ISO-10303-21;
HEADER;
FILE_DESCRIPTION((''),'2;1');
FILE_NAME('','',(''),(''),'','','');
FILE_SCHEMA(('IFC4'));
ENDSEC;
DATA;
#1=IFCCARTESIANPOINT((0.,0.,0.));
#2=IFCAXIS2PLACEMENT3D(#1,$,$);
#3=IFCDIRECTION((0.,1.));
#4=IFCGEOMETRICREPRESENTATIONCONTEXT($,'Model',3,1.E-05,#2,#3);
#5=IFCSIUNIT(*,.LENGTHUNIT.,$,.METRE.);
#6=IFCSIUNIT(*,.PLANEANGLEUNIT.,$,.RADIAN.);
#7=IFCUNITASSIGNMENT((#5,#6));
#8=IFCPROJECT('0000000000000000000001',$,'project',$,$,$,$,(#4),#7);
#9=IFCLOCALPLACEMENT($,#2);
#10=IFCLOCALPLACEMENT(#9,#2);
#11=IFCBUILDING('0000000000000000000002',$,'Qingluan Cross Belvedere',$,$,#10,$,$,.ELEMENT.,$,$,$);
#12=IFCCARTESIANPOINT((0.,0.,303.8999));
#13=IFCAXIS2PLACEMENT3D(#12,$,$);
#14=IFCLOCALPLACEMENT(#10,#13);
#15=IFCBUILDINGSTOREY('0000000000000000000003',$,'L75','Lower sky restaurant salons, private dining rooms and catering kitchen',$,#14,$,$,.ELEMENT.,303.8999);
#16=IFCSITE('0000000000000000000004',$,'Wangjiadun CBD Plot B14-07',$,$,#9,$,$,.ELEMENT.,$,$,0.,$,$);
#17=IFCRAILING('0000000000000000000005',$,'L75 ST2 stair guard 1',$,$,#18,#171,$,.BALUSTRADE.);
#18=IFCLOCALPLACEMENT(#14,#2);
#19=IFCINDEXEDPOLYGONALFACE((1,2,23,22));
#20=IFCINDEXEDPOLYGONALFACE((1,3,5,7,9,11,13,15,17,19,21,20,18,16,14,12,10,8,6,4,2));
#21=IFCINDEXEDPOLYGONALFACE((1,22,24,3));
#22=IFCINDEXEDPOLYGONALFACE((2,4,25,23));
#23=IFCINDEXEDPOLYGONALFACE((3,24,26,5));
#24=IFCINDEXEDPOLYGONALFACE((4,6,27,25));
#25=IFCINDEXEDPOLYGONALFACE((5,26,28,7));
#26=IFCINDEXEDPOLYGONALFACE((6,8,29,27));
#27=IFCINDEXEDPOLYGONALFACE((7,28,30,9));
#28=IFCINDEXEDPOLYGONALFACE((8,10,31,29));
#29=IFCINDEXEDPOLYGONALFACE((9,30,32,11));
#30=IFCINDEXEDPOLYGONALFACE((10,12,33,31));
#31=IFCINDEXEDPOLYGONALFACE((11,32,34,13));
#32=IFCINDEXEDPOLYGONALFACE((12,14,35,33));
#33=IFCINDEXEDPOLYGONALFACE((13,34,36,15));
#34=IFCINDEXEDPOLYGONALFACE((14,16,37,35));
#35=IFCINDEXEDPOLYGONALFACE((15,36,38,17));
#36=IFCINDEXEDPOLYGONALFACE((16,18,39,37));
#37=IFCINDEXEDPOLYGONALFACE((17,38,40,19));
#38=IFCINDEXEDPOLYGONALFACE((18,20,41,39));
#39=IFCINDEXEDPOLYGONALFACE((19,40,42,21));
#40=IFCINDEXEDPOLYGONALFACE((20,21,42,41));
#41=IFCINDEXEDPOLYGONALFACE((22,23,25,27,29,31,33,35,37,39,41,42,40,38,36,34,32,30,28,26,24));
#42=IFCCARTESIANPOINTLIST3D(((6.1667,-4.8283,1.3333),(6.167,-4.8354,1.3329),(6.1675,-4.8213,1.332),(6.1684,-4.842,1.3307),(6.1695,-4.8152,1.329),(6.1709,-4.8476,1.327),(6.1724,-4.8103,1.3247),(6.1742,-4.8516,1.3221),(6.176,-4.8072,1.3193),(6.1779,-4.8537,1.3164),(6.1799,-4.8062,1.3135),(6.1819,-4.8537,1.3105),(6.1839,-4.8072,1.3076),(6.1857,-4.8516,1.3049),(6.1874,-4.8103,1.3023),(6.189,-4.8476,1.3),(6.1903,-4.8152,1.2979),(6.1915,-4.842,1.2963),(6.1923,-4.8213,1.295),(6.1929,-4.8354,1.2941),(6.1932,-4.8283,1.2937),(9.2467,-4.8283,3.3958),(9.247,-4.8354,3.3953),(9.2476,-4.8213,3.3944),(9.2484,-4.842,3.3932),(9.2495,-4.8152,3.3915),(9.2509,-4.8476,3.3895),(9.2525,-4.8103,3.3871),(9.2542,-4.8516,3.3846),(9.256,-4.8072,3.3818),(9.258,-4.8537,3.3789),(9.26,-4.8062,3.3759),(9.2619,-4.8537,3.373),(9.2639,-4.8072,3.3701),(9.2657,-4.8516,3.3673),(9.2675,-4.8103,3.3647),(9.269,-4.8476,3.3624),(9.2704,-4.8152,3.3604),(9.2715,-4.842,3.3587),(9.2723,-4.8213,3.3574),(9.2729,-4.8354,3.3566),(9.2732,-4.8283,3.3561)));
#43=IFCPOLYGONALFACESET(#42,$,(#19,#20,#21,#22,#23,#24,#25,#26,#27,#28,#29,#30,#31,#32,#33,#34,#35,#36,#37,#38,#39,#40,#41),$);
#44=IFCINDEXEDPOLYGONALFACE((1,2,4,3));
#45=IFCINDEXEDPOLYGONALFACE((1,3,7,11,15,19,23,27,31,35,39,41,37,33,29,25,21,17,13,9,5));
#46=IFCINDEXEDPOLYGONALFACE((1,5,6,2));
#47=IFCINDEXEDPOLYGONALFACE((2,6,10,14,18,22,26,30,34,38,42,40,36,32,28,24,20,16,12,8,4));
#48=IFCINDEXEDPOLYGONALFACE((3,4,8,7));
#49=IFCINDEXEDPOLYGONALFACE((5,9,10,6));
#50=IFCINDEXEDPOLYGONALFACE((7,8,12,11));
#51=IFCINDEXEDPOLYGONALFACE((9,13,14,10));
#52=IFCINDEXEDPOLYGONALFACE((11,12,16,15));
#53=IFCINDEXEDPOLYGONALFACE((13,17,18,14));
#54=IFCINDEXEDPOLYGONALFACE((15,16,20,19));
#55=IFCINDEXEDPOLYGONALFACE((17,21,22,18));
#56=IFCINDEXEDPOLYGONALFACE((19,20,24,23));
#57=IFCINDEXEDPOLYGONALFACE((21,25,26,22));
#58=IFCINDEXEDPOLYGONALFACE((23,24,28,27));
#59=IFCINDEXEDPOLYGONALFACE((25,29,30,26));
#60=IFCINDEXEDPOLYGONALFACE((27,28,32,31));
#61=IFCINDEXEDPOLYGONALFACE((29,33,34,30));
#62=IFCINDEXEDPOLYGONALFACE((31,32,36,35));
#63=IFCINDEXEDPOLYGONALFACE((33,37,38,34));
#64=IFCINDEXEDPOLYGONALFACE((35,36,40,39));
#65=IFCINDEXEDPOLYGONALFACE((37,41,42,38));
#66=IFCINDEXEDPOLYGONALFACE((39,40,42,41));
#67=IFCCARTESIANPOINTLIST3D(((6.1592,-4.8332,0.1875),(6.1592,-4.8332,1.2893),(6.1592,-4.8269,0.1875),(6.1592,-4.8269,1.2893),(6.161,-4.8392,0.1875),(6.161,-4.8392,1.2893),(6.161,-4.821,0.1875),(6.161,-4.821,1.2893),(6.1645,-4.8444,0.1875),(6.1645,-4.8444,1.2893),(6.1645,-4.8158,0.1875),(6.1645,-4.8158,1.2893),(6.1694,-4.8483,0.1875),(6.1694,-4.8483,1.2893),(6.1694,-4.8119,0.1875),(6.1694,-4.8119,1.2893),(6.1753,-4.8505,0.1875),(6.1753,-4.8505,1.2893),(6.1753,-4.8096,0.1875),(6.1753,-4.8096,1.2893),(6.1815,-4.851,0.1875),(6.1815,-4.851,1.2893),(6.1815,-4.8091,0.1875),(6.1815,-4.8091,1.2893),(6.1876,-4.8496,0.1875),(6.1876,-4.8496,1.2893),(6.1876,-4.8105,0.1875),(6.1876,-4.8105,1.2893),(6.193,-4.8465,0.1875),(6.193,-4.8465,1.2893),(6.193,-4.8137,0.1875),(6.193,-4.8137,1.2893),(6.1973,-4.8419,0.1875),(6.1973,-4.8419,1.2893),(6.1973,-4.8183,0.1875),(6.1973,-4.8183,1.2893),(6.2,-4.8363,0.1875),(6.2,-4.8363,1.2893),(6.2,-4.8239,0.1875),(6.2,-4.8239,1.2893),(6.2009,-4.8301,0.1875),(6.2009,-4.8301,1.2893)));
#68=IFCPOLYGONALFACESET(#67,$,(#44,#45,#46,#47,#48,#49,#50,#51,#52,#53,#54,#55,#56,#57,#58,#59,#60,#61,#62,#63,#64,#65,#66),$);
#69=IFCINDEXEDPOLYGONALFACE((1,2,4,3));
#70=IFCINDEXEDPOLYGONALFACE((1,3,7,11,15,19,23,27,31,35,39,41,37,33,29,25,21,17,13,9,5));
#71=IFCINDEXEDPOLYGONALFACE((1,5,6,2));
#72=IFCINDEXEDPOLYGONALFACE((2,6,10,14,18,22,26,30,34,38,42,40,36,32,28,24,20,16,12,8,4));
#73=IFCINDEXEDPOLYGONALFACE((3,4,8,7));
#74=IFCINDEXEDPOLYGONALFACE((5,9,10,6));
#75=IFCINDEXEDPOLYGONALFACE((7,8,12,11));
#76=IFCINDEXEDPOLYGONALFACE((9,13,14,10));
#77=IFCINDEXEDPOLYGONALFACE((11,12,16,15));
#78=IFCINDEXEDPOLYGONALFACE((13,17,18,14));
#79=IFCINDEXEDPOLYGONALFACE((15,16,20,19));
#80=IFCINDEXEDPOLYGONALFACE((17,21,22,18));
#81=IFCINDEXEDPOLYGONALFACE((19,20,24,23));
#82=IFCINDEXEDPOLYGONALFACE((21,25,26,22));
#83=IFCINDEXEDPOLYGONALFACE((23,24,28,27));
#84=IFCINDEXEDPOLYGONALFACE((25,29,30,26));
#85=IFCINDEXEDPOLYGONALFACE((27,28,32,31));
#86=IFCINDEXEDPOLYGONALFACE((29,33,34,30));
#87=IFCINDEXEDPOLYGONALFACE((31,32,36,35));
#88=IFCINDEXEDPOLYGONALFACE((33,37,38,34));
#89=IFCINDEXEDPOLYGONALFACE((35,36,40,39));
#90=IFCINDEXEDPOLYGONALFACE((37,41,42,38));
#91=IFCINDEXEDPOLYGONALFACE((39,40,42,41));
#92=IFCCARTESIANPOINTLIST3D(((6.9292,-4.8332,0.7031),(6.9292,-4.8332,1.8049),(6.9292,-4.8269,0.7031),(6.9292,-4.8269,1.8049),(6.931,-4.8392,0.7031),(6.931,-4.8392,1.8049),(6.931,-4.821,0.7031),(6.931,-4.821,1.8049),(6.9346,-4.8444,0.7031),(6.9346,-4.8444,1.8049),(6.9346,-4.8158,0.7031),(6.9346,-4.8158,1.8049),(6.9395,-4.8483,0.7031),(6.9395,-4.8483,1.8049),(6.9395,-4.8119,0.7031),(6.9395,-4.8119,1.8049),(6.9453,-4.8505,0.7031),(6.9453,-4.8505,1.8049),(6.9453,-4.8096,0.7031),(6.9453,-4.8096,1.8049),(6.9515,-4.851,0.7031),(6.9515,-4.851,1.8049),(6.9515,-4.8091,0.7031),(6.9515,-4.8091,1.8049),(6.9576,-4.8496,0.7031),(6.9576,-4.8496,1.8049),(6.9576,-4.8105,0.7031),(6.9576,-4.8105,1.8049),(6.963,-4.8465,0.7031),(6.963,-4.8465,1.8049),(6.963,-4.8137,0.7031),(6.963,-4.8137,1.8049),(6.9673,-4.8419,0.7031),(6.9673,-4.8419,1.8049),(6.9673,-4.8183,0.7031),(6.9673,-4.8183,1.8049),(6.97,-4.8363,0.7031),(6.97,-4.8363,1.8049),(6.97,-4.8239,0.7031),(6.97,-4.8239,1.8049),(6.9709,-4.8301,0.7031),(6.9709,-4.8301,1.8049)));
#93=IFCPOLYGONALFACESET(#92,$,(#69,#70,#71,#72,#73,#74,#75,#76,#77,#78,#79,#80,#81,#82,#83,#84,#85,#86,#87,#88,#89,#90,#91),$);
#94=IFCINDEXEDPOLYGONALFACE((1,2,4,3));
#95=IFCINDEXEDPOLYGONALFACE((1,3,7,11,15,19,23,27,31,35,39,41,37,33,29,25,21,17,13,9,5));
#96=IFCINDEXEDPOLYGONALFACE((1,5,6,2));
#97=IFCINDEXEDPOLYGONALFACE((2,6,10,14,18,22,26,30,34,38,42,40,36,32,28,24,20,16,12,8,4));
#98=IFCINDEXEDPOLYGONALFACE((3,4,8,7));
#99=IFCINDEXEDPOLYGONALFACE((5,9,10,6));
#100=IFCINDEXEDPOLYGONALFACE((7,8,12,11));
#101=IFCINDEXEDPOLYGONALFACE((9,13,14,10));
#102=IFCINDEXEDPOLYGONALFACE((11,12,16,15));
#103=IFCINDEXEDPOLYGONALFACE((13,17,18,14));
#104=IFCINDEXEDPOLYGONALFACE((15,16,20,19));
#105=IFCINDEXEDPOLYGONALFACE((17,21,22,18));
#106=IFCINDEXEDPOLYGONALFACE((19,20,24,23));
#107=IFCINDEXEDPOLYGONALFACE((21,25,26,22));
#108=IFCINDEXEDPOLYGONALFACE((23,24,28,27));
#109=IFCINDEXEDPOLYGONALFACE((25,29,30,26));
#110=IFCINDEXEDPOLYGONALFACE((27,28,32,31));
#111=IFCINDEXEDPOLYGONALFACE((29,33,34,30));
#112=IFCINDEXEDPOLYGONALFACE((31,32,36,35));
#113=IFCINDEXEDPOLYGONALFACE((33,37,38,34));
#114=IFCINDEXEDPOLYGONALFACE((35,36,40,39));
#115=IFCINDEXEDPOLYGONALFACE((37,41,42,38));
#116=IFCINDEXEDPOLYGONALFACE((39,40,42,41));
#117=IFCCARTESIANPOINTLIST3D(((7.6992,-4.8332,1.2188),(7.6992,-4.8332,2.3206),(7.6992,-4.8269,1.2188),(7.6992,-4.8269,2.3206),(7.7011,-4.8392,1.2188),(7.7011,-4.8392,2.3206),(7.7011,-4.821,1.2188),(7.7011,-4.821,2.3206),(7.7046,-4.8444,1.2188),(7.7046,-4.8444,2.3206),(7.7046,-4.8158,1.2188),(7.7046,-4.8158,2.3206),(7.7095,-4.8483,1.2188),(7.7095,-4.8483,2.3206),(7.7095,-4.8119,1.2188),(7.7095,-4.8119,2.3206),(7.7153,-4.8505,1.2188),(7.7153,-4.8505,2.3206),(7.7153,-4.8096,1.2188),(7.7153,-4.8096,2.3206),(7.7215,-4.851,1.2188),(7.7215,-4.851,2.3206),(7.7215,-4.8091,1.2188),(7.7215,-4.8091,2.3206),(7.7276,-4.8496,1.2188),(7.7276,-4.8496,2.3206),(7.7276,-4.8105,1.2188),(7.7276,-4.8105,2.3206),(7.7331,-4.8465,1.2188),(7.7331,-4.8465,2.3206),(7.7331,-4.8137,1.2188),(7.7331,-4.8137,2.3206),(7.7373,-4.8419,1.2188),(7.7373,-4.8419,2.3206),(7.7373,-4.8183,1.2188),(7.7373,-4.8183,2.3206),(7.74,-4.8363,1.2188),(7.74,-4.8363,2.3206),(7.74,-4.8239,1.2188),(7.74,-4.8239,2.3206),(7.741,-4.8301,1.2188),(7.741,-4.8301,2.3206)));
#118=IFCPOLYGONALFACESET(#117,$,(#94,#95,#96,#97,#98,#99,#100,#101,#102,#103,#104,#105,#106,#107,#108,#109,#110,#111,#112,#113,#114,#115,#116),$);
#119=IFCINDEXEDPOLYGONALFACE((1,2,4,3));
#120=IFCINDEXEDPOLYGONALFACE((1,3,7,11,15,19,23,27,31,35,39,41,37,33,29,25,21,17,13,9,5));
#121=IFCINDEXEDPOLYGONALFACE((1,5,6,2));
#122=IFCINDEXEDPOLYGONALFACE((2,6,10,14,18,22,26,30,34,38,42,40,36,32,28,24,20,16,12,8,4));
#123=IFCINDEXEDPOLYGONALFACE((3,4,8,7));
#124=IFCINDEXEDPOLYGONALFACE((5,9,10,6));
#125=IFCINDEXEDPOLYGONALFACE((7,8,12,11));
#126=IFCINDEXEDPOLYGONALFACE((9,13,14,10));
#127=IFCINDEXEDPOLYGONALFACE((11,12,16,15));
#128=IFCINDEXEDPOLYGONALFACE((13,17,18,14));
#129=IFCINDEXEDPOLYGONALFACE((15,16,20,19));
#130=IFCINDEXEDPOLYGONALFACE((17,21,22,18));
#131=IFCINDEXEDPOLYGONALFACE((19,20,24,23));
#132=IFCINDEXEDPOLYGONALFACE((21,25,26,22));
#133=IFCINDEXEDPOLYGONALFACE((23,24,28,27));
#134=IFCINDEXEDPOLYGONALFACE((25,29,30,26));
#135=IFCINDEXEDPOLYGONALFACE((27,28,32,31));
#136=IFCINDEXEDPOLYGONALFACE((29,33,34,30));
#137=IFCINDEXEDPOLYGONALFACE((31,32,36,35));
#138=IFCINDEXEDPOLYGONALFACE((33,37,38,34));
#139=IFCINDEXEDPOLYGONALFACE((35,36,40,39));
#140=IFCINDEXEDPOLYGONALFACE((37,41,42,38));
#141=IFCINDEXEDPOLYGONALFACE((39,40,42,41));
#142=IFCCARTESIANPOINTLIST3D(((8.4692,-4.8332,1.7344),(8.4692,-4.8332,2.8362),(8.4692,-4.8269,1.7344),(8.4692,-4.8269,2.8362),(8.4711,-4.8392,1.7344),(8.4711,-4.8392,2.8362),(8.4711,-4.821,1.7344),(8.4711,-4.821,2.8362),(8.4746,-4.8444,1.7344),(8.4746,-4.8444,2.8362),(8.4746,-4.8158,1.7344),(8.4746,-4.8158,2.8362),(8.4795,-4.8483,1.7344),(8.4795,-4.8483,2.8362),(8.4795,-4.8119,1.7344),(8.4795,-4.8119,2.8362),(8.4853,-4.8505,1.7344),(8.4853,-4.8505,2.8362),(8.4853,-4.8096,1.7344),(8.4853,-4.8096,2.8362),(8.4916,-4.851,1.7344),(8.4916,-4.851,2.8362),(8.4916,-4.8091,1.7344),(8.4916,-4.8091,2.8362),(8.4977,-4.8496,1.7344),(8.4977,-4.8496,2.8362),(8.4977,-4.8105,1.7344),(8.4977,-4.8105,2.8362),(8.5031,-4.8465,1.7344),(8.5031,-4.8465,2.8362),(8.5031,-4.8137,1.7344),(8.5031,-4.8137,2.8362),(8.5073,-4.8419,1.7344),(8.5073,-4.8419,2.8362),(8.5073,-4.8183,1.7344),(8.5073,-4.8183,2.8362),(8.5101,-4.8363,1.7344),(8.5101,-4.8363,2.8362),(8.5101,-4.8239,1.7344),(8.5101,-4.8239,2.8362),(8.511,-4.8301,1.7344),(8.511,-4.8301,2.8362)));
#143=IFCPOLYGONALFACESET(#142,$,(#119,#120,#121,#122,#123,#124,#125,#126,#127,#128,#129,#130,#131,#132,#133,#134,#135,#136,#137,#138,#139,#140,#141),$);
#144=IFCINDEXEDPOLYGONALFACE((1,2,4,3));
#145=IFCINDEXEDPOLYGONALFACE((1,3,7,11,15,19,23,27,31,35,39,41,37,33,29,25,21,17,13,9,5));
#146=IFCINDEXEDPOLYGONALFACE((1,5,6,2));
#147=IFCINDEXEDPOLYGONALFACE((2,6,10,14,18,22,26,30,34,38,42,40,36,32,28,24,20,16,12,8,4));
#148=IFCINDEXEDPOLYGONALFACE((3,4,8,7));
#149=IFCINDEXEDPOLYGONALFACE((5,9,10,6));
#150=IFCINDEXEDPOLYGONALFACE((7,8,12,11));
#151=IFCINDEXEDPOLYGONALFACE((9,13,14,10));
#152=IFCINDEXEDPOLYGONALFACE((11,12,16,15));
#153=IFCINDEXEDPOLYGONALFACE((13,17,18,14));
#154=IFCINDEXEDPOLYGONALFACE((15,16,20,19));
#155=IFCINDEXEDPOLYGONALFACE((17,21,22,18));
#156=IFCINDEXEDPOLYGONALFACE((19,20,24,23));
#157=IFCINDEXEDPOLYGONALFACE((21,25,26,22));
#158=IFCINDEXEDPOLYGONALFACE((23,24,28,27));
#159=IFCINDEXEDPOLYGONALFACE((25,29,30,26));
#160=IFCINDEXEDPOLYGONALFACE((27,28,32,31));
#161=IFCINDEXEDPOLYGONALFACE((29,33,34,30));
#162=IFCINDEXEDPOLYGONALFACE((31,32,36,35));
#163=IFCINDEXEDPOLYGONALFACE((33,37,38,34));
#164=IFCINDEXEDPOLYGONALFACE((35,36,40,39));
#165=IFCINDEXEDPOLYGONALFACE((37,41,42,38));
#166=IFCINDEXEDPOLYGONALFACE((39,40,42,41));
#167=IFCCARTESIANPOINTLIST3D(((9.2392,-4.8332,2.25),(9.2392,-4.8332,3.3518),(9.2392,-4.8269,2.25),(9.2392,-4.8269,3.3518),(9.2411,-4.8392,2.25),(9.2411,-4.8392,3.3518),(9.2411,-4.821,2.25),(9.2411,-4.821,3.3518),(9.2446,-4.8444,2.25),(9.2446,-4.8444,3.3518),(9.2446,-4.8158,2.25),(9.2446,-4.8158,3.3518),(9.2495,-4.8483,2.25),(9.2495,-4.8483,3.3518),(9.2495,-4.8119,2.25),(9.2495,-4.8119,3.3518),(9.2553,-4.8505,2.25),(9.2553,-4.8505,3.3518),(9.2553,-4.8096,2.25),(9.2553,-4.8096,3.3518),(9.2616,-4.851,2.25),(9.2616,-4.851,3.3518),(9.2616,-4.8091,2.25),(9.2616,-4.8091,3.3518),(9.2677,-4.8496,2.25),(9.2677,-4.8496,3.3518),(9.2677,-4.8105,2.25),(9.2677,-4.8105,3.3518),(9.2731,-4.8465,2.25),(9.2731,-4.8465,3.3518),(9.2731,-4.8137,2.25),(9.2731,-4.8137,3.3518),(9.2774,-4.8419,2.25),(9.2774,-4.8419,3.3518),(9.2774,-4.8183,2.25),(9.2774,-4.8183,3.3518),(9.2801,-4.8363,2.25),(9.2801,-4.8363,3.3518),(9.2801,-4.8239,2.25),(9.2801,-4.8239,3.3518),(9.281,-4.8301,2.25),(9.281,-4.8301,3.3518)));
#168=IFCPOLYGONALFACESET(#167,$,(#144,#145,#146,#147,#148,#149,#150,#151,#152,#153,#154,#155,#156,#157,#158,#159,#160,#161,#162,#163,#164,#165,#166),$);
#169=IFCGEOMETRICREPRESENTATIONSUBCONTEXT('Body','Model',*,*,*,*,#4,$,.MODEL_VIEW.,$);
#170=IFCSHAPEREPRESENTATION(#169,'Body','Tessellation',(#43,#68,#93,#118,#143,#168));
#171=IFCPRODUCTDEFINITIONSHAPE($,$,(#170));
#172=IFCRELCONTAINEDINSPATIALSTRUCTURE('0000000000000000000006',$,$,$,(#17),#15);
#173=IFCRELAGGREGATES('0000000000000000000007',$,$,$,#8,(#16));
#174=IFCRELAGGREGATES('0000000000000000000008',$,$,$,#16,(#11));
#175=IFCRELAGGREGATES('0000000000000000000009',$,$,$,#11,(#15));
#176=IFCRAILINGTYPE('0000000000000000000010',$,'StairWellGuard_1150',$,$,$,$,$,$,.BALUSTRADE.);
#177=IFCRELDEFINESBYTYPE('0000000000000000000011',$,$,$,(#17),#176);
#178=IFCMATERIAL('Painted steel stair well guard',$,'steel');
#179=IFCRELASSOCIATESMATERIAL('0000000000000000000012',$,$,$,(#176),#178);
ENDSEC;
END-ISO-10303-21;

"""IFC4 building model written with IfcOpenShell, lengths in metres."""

from ifc_helpers import new_model, si_unit, direction, frame, origin, origin_2d, place, context, subcontext, project, spatial, circle, extrude, material, type_object, element, save


model = new_model("IFC4")

# Units and contexts
model_context = context("Model", 3, precision=1e-05, world=origin(), true_north=direction((0.0, 1.0)))
body_context = subcontext(model_context, "Body", "Model", "MODEL_VIEW")
ifc_project = project(units=[si_unit("LENGTHUNIT", "METRE"), si_unit("PLANEANGLEUNIT", "RADIAN")], contexts=[model_context])

# Site, building, storey
site_placement = place(None, origin())
site = spatial("IfcSite", under=ifc_project, at=site_placement, Name="Wangjiadun CBD Plot B14-07", CompositionType="ELEMENT", RefElevation=0.0)
building_placement = place(site_placement, origin())
building = spatial("IfcBuilding", under=site, at=building_placement, Name="Qingluan Cross Belvedere", CompositionType="ELEMENT")
storey_placement = place(building_placement, frame((0.0, 0.0, 303.8999)))
storey = spatial("IfcBuildingStorey", under=building, at=storey_placement, Name="L75", Description="Lower sky restaurant salons, private dining rooms and catering kitchen", CompositionType="ELEMENT", Elevation=303.8999)

# Railing
ifc_material_1 = material(Name="Painted steel stair well guard", Category="steel")
railing_type_1 = type_object("IfcRailingType", Name="StairWellGuard_1150", PredefinedType="BALUSTRADE", material=ifc_material_1)
railing_1_placement = place(storey_placement, frame((6.1799, -4.8301, 0.1875)))
element("IfcRailing", 1, at=railing_1_placement, inside=storey, type_object=railing_type_1, Name="L75 ST2 stair guard 1", PredefinedType="BALUSTRADE", context=body_context, shape_type="SweptSolid", body=[
    extrude(circle(Radius=0.0239, at=origin_2d()), frame((0.0, 0.0, 1.126), z_axis=(0.830914, 0.0, 0.556401), x_axis=(0.0, 1.0, 0.0)), (0.0, 0.0, 1.0), 3.7068),
    extrude(circle(Radius=0.021, at=origin_2d()), origin(), (0.0, 0.0, 1.0), 1.1018),
    extrude(circle(Radius=0.021, at=origin_2d()), frame((0.77, 0.0, 0.5156)), (0.0, 0.0, 1.0), 1.1018),
    extrude(circle(Radius=0.021, at=origin_2d()), frame((1.54, 0.0, 1.0312)), (0.0, 0.0, 1.0), 1.1018),
    extrude(circle(Radius=0.021, at=origin_2d()), frame((2.3101, 0.0, 1.5469)), (0.0, 0.0, 1.0), 1.1018),
    extrude(circle(Radius=0.021, at=origin_2d()), frame((3.0801, 0.0, 2.0625)), (0.0, 0.0, 1.0), 1.1018),
])

save(model, "model.ifc")
